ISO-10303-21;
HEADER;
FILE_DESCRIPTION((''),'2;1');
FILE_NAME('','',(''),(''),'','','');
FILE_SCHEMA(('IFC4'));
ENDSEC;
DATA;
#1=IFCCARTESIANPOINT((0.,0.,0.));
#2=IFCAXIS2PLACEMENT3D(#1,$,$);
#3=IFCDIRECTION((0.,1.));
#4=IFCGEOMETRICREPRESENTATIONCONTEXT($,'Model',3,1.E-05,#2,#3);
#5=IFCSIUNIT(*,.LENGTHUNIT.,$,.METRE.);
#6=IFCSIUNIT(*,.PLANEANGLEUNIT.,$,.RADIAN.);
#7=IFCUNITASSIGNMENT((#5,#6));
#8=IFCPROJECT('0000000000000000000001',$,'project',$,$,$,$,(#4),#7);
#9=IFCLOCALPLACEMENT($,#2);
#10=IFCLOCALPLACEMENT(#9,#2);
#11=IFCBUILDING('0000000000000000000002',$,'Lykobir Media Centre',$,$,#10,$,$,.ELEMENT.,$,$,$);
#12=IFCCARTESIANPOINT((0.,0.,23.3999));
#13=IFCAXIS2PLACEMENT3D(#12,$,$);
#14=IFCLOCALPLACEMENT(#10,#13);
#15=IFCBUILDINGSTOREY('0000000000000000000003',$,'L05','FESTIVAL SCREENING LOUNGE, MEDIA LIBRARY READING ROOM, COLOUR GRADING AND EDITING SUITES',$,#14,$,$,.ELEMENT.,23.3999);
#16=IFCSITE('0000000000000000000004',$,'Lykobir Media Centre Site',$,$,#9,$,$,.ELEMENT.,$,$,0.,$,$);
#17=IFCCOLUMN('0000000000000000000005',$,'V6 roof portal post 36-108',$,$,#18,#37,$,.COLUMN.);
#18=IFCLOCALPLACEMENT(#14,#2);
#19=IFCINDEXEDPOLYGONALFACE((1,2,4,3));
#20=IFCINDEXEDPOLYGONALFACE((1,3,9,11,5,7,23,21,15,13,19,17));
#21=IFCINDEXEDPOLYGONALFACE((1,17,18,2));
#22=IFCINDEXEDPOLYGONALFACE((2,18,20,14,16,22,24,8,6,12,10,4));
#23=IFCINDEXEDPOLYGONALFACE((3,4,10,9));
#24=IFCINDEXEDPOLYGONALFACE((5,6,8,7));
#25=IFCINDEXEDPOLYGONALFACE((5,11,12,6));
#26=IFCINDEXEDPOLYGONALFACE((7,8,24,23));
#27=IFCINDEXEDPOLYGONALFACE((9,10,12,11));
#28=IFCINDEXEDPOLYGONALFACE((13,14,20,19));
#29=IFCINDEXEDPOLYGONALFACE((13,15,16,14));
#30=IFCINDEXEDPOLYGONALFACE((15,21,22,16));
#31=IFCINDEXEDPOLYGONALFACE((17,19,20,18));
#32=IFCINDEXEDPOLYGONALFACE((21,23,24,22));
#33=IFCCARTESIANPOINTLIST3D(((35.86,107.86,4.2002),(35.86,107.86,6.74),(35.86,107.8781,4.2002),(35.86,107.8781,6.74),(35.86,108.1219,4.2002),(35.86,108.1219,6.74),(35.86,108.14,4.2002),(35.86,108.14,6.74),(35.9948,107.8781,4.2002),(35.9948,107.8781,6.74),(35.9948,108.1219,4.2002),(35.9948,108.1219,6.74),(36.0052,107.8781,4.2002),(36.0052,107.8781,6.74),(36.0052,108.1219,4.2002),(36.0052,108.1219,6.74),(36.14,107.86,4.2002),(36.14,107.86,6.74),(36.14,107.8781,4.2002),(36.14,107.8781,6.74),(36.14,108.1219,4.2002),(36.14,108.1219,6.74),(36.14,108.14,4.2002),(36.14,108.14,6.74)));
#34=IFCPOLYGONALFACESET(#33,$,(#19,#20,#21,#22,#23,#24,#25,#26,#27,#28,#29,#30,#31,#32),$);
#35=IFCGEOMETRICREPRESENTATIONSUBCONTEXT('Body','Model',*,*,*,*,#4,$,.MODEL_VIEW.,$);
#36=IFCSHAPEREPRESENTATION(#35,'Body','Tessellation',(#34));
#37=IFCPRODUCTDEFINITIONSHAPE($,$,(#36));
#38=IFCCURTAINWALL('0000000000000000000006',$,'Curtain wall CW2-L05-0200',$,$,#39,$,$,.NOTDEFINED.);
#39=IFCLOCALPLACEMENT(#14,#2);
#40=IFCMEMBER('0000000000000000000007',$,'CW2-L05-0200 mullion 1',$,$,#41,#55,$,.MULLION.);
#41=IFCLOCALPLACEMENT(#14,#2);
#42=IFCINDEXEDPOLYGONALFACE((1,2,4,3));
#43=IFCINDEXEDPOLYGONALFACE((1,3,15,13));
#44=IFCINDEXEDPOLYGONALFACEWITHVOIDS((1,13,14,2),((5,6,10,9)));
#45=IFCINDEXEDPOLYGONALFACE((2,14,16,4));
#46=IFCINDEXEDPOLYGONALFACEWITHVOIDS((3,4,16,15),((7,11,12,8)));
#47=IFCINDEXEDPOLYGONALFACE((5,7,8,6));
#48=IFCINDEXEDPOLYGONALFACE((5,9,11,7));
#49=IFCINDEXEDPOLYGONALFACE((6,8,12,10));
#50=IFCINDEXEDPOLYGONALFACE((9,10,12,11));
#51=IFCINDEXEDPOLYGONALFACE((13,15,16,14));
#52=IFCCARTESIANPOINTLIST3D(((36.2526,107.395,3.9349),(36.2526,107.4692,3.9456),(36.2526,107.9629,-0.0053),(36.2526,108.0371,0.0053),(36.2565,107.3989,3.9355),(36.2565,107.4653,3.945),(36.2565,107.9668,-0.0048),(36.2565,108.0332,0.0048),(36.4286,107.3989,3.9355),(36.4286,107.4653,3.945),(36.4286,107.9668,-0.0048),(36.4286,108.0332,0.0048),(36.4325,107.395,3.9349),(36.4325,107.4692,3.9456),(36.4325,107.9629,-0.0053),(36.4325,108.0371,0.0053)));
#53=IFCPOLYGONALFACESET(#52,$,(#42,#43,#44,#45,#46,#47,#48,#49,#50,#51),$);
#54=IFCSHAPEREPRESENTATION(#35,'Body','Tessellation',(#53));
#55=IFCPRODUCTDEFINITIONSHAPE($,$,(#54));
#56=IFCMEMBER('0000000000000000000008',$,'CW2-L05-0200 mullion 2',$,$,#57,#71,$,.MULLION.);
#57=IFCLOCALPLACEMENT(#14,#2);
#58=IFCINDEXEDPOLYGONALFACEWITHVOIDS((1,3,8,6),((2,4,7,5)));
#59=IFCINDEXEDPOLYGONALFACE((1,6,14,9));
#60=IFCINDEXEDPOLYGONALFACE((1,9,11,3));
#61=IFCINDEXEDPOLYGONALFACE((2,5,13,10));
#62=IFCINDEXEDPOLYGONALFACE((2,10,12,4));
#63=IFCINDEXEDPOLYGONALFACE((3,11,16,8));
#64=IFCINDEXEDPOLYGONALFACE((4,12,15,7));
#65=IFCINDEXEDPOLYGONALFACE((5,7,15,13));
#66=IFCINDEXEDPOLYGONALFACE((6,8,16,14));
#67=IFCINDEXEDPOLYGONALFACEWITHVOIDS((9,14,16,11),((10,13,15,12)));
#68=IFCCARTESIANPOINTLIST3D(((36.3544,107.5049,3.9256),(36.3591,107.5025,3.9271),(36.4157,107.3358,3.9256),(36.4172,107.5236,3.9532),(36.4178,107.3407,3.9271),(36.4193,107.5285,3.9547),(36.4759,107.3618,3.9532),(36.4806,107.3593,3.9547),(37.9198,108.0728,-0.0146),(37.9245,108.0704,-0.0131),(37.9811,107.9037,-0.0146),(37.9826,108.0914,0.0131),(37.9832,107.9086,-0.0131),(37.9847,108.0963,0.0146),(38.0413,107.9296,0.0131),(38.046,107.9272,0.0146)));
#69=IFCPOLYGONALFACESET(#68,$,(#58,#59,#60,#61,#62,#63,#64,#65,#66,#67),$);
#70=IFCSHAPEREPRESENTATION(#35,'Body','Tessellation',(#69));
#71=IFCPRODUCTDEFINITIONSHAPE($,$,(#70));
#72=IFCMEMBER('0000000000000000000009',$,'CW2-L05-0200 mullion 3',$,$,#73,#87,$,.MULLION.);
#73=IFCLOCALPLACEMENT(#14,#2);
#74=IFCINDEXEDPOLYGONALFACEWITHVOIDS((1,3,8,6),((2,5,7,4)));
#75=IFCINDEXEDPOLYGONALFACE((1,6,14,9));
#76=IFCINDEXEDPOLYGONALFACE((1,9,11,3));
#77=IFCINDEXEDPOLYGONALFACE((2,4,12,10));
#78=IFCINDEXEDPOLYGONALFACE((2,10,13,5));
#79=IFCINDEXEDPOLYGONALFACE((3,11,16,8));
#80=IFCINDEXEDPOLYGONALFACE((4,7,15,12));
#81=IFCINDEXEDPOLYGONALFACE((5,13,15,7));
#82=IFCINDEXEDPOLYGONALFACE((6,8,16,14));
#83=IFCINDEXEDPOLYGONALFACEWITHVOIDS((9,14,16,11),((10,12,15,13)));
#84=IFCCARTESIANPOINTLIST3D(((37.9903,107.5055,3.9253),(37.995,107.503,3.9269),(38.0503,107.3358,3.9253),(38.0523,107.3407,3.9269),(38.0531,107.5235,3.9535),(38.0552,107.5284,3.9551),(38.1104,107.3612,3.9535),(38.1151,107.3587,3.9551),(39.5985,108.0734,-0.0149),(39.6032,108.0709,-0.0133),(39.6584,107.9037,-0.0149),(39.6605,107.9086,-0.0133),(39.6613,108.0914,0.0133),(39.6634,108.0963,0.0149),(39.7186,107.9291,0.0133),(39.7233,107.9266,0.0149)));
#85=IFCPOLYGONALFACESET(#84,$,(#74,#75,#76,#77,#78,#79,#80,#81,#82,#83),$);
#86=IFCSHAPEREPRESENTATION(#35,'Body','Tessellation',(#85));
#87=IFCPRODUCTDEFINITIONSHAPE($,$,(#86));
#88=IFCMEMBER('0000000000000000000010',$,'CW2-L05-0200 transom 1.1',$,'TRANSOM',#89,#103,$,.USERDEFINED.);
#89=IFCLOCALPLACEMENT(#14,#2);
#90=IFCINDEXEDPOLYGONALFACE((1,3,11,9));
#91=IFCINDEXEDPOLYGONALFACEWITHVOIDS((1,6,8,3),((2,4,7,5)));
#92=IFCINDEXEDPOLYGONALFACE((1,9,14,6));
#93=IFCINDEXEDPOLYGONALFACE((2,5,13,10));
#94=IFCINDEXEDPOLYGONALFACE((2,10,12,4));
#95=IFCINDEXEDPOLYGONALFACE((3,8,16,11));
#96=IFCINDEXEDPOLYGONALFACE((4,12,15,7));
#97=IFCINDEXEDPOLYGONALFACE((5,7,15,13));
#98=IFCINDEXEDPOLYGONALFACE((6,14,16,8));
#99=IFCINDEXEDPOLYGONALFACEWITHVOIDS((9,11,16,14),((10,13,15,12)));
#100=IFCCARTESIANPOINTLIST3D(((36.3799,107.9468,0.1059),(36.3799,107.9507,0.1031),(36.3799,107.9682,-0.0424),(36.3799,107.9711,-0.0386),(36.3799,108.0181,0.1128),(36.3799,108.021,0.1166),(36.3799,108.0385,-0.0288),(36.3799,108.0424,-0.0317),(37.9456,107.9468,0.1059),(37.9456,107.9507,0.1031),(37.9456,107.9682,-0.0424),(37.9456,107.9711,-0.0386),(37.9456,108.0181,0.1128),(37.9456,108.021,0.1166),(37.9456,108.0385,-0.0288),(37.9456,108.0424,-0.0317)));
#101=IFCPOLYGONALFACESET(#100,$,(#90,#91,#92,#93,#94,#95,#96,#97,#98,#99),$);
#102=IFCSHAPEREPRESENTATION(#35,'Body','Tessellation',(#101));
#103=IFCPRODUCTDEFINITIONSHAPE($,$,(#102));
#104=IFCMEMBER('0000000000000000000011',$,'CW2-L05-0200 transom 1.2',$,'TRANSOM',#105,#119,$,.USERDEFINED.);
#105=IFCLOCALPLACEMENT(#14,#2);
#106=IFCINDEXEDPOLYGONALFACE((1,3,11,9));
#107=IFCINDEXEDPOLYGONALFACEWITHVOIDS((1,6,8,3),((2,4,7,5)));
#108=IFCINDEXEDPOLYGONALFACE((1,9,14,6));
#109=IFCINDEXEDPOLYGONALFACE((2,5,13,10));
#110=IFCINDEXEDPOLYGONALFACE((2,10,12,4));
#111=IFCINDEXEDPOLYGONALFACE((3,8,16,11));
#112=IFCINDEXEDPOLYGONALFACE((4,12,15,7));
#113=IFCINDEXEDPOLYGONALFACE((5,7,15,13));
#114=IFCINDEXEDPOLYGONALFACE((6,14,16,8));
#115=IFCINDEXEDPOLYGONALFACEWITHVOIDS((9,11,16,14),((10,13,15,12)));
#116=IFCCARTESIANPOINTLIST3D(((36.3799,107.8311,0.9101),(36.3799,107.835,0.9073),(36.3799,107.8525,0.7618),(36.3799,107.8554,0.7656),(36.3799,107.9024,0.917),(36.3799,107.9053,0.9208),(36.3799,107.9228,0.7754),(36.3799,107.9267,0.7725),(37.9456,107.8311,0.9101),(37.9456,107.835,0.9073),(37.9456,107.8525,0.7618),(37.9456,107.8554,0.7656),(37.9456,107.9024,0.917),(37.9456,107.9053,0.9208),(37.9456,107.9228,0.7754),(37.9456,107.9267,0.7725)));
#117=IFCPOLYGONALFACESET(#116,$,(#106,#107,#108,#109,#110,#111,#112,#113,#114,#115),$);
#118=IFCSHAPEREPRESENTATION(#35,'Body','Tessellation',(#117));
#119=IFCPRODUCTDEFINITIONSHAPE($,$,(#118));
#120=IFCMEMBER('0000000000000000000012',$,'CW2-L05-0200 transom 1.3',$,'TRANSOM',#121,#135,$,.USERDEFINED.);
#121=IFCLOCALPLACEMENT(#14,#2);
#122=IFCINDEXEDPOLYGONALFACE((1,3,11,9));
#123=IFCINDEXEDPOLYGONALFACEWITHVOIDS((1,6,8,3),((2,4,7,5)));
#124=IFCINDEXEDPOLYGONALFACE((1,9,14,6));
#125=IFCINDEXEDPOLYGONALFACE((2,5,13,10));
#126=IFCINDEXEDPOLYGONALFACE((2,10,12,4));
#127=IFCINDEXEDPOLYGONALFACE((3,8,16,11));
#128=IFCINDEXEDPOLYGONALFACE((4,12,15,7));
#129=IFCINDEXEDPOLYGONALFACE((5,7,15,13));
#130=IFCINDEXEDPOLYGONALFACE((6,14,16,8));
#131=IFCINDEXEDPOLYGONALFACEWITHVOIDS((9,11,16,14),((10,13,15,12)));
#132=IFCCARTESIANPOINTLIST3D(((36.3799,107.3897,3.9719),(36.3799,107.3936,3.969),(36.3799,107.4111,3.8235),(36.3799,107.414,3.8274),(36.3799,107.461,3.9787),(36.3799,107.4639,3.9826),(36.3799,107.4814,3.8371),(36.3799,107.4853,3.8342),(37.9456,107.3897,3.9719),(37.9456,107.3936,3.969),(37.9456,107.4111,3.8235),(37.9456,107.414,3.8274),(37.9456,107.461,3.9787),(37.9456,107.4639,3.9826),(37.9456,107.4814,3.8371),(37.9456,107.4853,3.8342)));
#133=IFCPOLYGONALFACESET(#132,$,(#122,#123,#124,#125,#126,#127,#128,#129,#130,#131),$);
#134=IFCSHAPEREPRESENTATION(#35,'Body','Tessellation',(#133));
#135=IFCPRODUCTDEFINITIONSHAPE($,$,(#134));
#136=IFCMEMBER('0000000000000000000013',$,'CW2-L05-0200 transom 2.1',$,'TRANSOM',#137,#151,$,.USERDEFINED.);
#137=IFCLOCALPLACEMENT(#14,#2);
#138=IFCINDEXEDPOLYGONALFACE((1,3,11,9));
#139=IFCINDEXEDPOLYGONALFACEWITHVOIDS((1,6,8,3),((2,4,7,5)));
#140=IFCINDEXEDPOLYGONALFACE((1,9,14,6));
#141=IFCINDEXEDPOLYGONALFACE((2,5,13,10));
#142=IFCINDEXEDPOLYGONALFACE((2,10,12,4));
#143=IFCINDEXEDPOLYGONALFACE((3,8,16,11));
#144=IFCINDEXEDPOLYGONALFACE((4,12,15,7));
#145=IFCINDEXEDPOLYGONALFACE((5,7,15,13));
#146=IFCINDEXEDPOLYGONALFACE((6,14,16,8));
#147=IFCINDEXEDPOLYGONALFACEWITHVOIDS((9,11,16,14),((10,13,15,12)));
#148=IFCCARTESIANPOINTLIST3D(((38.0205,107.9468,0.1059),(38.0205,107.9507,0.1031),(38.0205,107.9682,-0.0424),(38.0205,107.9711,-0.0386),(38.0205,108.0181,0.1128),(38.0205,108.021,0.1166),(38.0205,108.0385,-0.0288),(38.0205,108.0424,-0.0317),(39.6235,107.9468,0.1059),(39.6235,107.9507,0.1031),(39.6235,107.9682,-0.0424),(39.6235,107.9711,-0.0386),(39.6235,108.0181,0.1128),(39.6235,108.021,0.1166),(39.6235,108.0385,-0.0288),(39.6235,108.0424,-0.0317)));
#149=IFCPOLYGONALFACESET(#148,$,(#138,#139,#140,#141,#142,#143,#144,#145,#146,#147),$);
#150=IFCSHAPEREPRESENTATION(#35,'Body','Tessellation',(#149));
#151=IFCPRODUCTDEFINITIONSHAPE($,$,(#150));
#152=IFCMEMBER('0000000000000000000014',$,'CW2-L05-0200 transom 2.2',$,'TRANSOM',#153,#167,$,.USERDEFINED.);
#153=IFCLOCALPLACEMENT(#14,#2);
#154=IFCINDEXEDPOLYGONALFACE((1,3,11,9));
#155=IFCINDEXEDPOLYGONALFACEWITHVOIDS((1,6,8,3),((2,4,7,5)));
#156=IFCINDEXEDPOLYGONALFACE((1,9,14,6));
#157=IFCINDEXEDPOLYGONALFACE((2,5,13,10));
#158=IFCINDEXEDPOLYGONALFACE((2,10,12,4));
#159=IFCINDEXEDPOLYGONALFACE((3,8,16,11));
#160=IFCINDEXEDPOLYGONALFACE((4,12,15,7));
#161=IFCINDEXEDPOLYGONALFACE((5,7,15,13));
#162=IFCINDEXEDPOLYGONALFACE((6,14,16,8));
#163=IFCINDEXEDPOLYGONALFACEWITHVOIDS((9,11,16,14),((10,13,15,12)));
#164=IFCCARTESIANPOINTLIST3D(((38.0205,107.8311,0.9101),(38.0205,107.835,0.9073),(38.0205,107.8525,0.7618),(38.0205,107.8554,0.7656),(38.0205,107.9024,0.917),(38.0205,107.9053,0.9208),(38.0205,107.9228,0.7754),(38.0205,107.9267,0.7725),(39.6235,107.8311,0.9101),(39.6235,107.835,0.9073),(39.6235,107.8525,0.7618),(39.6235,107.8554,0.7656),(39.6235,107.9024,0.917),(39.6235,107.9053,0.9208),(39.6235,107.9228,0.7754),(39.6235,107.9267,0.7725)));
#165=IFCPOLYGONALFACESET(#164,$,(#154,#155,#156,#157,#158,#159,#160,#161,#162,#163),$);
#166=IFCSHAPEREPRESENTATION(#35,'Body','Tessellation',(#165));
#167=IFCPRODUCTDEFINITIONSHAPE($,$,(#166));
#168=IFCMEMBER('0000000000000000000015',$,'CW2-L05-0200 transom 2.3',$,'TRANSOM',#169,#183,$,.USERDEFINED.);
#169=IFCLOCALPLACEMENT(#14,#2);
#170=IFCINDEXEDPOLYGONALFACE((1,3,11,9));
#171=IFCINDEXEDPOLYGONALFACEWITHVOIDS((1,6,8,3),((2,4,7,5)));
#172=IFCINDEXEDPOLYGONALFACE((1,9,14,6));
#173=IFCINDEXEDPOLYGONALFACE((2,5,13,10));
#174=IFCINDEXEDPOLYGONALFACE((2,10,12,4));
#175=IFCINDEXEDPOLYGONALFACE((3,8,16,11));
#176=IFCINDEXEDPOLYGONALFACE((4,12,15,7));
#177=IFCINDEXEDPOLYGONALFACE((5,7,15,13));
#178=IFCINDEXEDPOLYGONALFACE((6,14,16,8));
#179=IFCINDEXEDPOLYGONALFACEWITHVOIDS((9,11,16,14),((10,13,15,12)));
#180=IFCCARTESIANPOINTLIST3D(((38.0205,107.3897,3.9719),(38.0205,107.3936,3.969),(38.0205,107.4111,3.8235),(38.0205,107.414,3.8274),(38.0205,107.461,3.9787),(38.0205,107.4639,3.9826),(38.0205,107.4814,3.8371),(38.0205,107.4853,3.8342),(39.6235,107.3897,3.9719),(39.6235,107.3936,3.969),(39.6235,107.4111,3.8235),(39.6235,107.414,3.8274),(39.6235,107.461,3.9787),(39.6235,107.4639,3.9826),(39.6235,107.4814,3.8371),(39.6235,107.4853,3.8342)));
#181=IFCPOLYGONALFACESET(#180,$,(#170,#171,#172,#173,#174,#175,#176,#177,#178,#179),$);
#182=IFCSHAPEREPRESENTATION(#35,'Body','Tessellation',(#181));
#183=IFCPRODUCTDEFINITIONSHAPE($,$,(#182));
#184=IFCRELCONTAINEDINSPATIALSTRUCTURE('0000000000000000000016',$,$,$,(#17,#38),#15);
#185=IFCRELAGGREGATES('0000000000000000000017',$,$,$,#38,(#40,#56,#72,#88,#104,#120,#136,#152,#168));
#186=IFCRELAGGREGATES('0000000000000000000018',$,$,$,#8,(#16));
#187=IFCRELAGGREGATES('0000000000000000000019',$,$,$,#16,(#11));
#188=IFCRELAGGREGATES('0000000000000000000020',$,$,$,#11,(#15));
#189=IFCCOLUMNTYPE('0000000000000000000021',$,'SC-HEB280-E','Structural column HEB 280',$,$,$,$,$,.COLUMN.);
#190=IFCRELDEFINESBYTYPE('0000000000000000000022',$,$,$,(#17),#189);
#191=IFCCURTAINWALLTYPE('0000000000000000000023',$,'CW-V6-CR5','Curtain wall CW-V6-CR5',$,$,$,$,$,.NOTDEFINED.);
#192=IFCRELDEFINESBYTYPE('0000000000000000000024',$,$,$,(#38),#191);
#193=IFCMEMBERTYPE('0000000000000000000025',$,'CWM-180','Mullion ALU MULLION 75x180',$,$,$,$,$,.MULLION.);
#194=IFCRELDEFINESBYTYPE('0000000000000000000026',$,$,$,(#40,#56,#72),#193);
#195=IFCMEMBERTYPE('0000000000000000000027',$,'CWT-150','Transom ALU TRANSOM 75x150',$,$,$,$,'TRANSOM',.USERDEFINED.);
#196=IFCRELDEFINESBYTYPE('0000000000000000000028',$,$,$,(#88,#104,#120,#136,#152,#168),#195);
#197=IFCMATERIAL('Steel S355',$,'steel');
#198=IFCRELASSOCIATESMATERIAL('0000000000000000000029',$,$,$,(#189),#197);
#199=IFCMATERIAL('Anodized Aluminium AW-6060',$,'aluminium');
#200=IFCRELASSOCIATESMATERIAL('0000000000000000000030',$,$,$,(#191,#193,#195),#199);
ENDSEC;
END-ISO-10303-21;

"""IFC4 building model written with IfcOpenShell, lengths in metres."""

from ifc_helpers import new_model, si_unit, direction, frame, origin, origin_2d, place, context, subcontext, project, spatial, hollow_rectangle, i_section, extrude, material, material_profile, profile_set, type_object, element, aggregate, save


model = new_model("IFC4")

# Units and contexts
model_context = context("Model", 3, precision=1e-05, world=origin(), true_north=direction((0.0, 1.0)))
body_context = subcontext(model_context, "Body", "Model", "MODEL_VIEW")
ifc_project = project(units=[si_unit("LENGTHUNIT", "METRE"), si_unit("PLANEANGLEUNIT", "RADIAN")], contexts=[model_context])

# Site, building, storey
site_placement = place(None, origin())
site = spatial("IfcSite", under=ifc_project, at=site_placement, Name="Lykobir Media Centre Site", CompositionType="ELEMENT", RefElevation=0.0)
building_placement = place(site_placement, origin())
building = spatial("IfcBuilding", under=site, at=building_placement, Name="Lykobir Media Centre", CompositionType="ELEMENT")
storey_placement = place(building_placement, frame((0.0, 0.0, 23.3999)))
storey = spatial("IfcBuildingStorey", under=building, at=storey_placement, Name="L05", Description="FESTIVAL SCREENING LOUNGE, MEDIA LIBRARY READING ROOM, COLOUR GRADING AND EDITING SUITES", CompositionType="ELEMENT", Elevation=23.3999)

# Column
ifc_material_1 = material(Name="Steel S355", Category="steel")
ifc_material_profile_1 = material_profile(ifc_material_1, i_section(OverallWidth=0.28, OverallDepth=0.28, WebThickness=0.0105, FlangeThickness=0.0181, at=origin_2d()), Name="HEB 280")
ifc_profile_set_1 = profile_set([ifc_material_profile_1], Name="Steel S355")
column_type = type_object("IfcColumnType", Name="SC-HEB280-E", Description="Structural column HEB 280", PredefinedType="COLUMN", material=ifc_profile_set_1)
column_placement = place(storey_placement, frame((36.0, 108.0, 4.2002), z_axis=(0.0, 0.0, 1.0), x_axis=(1.0, 0.0, 0.0)))
element("IfcColumn", 1, at=column_placement, inside=storey, type_object=column_type, Name="V6 roof portal post 36-108", PredefinedType="COLUMN", context=body_context, shape_type="SweptSolid", body=[
    extrude(i_section(OverallWidth=0.28, OverallDepth=0.28, WebThickness=0.0105, FlangeThickness=0.0181, at=origin_2d()), origin(), (0.0, 0.0, 1.0), 2.5398),
])

# Curtain wall, members
ifc_material_2 = material(Name="Anodized Aluminium AW-6060", Category="aluminium")
curtain_wall_type_1 = type_object("IfcCurtainWallType", Name="CW-V6-CR5", Description="Curtain wall CW-V6-CR5", PredefinedType="NOTDEFINED", material=ifc_material_2)
curtain_wall_1_placement = place(storey_placement, origin())
curtain_wall_1 = element("IfcCurtainWall", 2, at=curtain_wall_1_placement, inside=storey, type_object=curtain_wall_type_1, Name="Curtain wall CW2-L05-0200", PredefinedType="NOTDEFINED")
ifc_material_profile_2 = material_profile(ifc_material_2, hollow_rectangle(XDim=0.075, YDim=0.1799, WallThickness=0.0039, at=origin_2d()), Name="ALU MULLION 75x180")
ifc_profile_set_2 = profile_set([ifc_material_profile_2], Name="Anodized Aluminium AW-6060")
member_type_1 = type_object("IfcMemberType", Name="CWM-180", Description="Mullion ALU MULLION 75x180", PredefinedType="MULLION", material=ifc_profile_set_2)
member_1_placement = place(storey_placement, frame((36.3425, 108.0, 0.0), z_axis=(0.0, -0.142649, 0.989773), x_axis=(0.0, 0.989773, 0.142649)))
member_1 = element("IfcMember", 3, at=member_1_placement, type_object=member_type_1, Name="CW2-L05-0200 mullion 1", PredefinedType="MULLION", context=body_context, shape_type="SweptSolid", body=[
    extrude(hollow_rectangle(XDim=0.075, YDim=0.1799, WallThickness=0.0039, at=origin_2d()), origin(), (0.0, 0.0, 1.0), 3.981),
])
member_2_placement = place(storey_placement, frame((37.9829, 108.0, 0.0), z_axis=(-0.365957, -0.132754, 0.921114), x_axis=(0.865901, 0.314112, 0.389292)))
member_2 = element("IfcMember", 4, at=member_2_placement, type_object=member_type_1, Name="CW2-L05-0200 mullion 2", PredefinedType="MULLION", context=body_context, shape_type="SweptSolid", body=[
    extrude(hollow_rectangle(XDim=0.075, YDim=0.1799, WallThickness=0.0039, at=origin_2d()), origin(), (0.0, 0.0, 1.0), 4.2776),
])
member_3_placement = place(storey_placement, frame((39.6609, 108.0, 0.0), z_axis=(-0.37456, -0.132265, 0.91772), x_axis=(0.865353, 0.305573, 0.397227)))
member_3 = element("IfcMember", 5, at=member_3_placement, type_object=member_type_1, Name="CW2-L05-0200 mullion 3", PredefinedType="MULLION", context=body_context, shape_type="SweptSolid", body=[
    extrude(hollow_rectangle(XDim=0.075, YDim=0.1799, WallThickness=0.0039, at=origin_2d()), origin(), (0.0, 0.0, 1.0), 4.2935),
])
ifc_material_profile_3 = material_profile(ifc_material_2, hollow_rectangle(XDim=0.075, YDim=0.1499, WallThickness=0.0034, at=origin_2d()), Name="ALU TRANSOM 75x150")
ifc_profile_set_3 = profile_set([ifc_material_profile_3], Name="Anodized Aluminium AW-6060")
member_type_2 = type_object("IfcMemberType", Name="CWT-150", Description="Transom ALU TRANSOM 75x150", ElementType="TRANSOM", PredefinedType="USERDEFINED", material=ifc_profile_set_3)
member_4_placement = place(storey_placement, frame((36.3799, 107.9946, 0.0371), z_axis=(1.0, 0.0, 0.0), x_axis=(0.0, 0.989776, 0.142629)))
member_4 = element("IfcMember", 6, at=member_4_placement, type_object=member_type_2, Name="CW2-L05-0200 transom 1.1", ObjectType="TRANSOM", PredefinedType="USERDEFINED", context=body_context, shape_type="SweptSolid", body=[
    extrude(hollow_rectangle(XDim=0.075, YDim=0.1499, WallThickness=0.0034, at=origin_2d()), origin(), (0.0, 0.0, 1.0), 1.5657),
])
member_5_placement = place(storey_placement, frame((36.3799, 107.8789, 0.8413), z_axis=(1.0, 0.0, 0.0), x_axis=(0.0, 0.989776, 0.142629)))
member_5 = element("IfcMember", 7, at=member_5_placement, type_object=member_type_2, Name="CW2-L05-0200 transom 1.2", ObjectType="TRANSOM", PredefinedType="USERDEFINED", context=body_context, shape_type="SweptSolid", body=[
    extrude(hollow_rectangle(XDim=0.075, YDim=0.1499, WallThickness=0.0034, at=origin_2d()), origin(), (0.0, 0.0, 1.0), 1.5657),
])
member_6_placement = place(storey_placement, frame((36.3799, 107.4375, 3.9031), z_axis=(1.0, 0.0, 0.0), x_axis=(0.0, 0.989776, 0.142629)))
member_6 = element("IfcMember", 8, at=member_6_placement, type_object=member_type_2, Name="CW2-L05-0200 transom 1.3", ObjectType="TRANSOM", PredefinedType="USERDEFINED", context=body_context, shape_type="SweptSolid", body=[
    extrude(hollow_rectangle(XDim=0.075, YDim=0.1499, WallThickness=0.0034, at=origin_2d()), origin(), (0.0, 0.0, 1.0), 1.5657),
])
member_7_placement = place(storey_placement, frame((38.0205, 107.9946, 0.0371), z_axis=(1.0, 0.0, 0.0), x_axis=(0.0, 0.989776, 0.142629)))
member_7 = element("IfcMember", 9, at=member_7_placement, type_object=member_type_2, Name="CW2-L05-0200 transom 2.1", ObjectType="TRANSOM", PredefinedType="USERDEFINED", context=body_context, shape_type="SweptSolid", body=[
    extrude(hollow_rectangle(XDim=0.075, YDim=0.1499, WallThickness=0.0034, at=origin_2d()), origin(), (0.0, 0.0, 1.0), 1.603),
])
member_8_placement = place(storey_placement, frame((38.0205, 107.8789, 0.8413), z_axis=(1.0, 0.0, 0.0), x_axis=(0.0, 0.989776, 0.142629)))
member_8 = element("IfcMember", 10, at=member_8_placement, type_object=member_type_2, Name="CW2-L05-0200 transom 2.2", ObjectType="TRANSOM", PredefinedType="USERDEFINED", context=body_context, shape_type="SweptSolid", body=[
    extrude(hollow_rectangle(XDim=0.075, YDim=0.1499, WallThickness=0.0034, at=origin_2d()), origin(), (0.0, 0.0, 1.0), 1.603),
])
member_9_placement = place(storey_placement, frame((38.0205, 107.4375, 3.9031), z_axis=(1.0, 0.0, 0.0), x_axis=(0.0, 0.989776, 0.142629)))
member_9 = element("IfcMember", 11, at=member_9_placement, type_object=member_type_2, Name="CW2-L05-0200 transom 2.3", ObjectType="TRANSOM", PredefinedType="USERDEFINED", context=body_context, shape_type="SweptSolid", body=[
    extrude(hollow_rectangle(XDim=0.075, YDim=0.1499, WallThickness=0.0034, at=origin_2d()), origin(), (0.0, 0.0, 1.0), 1.603),
])

aggregate(curtain_wall_1, [member_1, member_2, member_3, member_4, member_5, member_6, member_7, member_8, member_9])

save(model, "model.ifc")
